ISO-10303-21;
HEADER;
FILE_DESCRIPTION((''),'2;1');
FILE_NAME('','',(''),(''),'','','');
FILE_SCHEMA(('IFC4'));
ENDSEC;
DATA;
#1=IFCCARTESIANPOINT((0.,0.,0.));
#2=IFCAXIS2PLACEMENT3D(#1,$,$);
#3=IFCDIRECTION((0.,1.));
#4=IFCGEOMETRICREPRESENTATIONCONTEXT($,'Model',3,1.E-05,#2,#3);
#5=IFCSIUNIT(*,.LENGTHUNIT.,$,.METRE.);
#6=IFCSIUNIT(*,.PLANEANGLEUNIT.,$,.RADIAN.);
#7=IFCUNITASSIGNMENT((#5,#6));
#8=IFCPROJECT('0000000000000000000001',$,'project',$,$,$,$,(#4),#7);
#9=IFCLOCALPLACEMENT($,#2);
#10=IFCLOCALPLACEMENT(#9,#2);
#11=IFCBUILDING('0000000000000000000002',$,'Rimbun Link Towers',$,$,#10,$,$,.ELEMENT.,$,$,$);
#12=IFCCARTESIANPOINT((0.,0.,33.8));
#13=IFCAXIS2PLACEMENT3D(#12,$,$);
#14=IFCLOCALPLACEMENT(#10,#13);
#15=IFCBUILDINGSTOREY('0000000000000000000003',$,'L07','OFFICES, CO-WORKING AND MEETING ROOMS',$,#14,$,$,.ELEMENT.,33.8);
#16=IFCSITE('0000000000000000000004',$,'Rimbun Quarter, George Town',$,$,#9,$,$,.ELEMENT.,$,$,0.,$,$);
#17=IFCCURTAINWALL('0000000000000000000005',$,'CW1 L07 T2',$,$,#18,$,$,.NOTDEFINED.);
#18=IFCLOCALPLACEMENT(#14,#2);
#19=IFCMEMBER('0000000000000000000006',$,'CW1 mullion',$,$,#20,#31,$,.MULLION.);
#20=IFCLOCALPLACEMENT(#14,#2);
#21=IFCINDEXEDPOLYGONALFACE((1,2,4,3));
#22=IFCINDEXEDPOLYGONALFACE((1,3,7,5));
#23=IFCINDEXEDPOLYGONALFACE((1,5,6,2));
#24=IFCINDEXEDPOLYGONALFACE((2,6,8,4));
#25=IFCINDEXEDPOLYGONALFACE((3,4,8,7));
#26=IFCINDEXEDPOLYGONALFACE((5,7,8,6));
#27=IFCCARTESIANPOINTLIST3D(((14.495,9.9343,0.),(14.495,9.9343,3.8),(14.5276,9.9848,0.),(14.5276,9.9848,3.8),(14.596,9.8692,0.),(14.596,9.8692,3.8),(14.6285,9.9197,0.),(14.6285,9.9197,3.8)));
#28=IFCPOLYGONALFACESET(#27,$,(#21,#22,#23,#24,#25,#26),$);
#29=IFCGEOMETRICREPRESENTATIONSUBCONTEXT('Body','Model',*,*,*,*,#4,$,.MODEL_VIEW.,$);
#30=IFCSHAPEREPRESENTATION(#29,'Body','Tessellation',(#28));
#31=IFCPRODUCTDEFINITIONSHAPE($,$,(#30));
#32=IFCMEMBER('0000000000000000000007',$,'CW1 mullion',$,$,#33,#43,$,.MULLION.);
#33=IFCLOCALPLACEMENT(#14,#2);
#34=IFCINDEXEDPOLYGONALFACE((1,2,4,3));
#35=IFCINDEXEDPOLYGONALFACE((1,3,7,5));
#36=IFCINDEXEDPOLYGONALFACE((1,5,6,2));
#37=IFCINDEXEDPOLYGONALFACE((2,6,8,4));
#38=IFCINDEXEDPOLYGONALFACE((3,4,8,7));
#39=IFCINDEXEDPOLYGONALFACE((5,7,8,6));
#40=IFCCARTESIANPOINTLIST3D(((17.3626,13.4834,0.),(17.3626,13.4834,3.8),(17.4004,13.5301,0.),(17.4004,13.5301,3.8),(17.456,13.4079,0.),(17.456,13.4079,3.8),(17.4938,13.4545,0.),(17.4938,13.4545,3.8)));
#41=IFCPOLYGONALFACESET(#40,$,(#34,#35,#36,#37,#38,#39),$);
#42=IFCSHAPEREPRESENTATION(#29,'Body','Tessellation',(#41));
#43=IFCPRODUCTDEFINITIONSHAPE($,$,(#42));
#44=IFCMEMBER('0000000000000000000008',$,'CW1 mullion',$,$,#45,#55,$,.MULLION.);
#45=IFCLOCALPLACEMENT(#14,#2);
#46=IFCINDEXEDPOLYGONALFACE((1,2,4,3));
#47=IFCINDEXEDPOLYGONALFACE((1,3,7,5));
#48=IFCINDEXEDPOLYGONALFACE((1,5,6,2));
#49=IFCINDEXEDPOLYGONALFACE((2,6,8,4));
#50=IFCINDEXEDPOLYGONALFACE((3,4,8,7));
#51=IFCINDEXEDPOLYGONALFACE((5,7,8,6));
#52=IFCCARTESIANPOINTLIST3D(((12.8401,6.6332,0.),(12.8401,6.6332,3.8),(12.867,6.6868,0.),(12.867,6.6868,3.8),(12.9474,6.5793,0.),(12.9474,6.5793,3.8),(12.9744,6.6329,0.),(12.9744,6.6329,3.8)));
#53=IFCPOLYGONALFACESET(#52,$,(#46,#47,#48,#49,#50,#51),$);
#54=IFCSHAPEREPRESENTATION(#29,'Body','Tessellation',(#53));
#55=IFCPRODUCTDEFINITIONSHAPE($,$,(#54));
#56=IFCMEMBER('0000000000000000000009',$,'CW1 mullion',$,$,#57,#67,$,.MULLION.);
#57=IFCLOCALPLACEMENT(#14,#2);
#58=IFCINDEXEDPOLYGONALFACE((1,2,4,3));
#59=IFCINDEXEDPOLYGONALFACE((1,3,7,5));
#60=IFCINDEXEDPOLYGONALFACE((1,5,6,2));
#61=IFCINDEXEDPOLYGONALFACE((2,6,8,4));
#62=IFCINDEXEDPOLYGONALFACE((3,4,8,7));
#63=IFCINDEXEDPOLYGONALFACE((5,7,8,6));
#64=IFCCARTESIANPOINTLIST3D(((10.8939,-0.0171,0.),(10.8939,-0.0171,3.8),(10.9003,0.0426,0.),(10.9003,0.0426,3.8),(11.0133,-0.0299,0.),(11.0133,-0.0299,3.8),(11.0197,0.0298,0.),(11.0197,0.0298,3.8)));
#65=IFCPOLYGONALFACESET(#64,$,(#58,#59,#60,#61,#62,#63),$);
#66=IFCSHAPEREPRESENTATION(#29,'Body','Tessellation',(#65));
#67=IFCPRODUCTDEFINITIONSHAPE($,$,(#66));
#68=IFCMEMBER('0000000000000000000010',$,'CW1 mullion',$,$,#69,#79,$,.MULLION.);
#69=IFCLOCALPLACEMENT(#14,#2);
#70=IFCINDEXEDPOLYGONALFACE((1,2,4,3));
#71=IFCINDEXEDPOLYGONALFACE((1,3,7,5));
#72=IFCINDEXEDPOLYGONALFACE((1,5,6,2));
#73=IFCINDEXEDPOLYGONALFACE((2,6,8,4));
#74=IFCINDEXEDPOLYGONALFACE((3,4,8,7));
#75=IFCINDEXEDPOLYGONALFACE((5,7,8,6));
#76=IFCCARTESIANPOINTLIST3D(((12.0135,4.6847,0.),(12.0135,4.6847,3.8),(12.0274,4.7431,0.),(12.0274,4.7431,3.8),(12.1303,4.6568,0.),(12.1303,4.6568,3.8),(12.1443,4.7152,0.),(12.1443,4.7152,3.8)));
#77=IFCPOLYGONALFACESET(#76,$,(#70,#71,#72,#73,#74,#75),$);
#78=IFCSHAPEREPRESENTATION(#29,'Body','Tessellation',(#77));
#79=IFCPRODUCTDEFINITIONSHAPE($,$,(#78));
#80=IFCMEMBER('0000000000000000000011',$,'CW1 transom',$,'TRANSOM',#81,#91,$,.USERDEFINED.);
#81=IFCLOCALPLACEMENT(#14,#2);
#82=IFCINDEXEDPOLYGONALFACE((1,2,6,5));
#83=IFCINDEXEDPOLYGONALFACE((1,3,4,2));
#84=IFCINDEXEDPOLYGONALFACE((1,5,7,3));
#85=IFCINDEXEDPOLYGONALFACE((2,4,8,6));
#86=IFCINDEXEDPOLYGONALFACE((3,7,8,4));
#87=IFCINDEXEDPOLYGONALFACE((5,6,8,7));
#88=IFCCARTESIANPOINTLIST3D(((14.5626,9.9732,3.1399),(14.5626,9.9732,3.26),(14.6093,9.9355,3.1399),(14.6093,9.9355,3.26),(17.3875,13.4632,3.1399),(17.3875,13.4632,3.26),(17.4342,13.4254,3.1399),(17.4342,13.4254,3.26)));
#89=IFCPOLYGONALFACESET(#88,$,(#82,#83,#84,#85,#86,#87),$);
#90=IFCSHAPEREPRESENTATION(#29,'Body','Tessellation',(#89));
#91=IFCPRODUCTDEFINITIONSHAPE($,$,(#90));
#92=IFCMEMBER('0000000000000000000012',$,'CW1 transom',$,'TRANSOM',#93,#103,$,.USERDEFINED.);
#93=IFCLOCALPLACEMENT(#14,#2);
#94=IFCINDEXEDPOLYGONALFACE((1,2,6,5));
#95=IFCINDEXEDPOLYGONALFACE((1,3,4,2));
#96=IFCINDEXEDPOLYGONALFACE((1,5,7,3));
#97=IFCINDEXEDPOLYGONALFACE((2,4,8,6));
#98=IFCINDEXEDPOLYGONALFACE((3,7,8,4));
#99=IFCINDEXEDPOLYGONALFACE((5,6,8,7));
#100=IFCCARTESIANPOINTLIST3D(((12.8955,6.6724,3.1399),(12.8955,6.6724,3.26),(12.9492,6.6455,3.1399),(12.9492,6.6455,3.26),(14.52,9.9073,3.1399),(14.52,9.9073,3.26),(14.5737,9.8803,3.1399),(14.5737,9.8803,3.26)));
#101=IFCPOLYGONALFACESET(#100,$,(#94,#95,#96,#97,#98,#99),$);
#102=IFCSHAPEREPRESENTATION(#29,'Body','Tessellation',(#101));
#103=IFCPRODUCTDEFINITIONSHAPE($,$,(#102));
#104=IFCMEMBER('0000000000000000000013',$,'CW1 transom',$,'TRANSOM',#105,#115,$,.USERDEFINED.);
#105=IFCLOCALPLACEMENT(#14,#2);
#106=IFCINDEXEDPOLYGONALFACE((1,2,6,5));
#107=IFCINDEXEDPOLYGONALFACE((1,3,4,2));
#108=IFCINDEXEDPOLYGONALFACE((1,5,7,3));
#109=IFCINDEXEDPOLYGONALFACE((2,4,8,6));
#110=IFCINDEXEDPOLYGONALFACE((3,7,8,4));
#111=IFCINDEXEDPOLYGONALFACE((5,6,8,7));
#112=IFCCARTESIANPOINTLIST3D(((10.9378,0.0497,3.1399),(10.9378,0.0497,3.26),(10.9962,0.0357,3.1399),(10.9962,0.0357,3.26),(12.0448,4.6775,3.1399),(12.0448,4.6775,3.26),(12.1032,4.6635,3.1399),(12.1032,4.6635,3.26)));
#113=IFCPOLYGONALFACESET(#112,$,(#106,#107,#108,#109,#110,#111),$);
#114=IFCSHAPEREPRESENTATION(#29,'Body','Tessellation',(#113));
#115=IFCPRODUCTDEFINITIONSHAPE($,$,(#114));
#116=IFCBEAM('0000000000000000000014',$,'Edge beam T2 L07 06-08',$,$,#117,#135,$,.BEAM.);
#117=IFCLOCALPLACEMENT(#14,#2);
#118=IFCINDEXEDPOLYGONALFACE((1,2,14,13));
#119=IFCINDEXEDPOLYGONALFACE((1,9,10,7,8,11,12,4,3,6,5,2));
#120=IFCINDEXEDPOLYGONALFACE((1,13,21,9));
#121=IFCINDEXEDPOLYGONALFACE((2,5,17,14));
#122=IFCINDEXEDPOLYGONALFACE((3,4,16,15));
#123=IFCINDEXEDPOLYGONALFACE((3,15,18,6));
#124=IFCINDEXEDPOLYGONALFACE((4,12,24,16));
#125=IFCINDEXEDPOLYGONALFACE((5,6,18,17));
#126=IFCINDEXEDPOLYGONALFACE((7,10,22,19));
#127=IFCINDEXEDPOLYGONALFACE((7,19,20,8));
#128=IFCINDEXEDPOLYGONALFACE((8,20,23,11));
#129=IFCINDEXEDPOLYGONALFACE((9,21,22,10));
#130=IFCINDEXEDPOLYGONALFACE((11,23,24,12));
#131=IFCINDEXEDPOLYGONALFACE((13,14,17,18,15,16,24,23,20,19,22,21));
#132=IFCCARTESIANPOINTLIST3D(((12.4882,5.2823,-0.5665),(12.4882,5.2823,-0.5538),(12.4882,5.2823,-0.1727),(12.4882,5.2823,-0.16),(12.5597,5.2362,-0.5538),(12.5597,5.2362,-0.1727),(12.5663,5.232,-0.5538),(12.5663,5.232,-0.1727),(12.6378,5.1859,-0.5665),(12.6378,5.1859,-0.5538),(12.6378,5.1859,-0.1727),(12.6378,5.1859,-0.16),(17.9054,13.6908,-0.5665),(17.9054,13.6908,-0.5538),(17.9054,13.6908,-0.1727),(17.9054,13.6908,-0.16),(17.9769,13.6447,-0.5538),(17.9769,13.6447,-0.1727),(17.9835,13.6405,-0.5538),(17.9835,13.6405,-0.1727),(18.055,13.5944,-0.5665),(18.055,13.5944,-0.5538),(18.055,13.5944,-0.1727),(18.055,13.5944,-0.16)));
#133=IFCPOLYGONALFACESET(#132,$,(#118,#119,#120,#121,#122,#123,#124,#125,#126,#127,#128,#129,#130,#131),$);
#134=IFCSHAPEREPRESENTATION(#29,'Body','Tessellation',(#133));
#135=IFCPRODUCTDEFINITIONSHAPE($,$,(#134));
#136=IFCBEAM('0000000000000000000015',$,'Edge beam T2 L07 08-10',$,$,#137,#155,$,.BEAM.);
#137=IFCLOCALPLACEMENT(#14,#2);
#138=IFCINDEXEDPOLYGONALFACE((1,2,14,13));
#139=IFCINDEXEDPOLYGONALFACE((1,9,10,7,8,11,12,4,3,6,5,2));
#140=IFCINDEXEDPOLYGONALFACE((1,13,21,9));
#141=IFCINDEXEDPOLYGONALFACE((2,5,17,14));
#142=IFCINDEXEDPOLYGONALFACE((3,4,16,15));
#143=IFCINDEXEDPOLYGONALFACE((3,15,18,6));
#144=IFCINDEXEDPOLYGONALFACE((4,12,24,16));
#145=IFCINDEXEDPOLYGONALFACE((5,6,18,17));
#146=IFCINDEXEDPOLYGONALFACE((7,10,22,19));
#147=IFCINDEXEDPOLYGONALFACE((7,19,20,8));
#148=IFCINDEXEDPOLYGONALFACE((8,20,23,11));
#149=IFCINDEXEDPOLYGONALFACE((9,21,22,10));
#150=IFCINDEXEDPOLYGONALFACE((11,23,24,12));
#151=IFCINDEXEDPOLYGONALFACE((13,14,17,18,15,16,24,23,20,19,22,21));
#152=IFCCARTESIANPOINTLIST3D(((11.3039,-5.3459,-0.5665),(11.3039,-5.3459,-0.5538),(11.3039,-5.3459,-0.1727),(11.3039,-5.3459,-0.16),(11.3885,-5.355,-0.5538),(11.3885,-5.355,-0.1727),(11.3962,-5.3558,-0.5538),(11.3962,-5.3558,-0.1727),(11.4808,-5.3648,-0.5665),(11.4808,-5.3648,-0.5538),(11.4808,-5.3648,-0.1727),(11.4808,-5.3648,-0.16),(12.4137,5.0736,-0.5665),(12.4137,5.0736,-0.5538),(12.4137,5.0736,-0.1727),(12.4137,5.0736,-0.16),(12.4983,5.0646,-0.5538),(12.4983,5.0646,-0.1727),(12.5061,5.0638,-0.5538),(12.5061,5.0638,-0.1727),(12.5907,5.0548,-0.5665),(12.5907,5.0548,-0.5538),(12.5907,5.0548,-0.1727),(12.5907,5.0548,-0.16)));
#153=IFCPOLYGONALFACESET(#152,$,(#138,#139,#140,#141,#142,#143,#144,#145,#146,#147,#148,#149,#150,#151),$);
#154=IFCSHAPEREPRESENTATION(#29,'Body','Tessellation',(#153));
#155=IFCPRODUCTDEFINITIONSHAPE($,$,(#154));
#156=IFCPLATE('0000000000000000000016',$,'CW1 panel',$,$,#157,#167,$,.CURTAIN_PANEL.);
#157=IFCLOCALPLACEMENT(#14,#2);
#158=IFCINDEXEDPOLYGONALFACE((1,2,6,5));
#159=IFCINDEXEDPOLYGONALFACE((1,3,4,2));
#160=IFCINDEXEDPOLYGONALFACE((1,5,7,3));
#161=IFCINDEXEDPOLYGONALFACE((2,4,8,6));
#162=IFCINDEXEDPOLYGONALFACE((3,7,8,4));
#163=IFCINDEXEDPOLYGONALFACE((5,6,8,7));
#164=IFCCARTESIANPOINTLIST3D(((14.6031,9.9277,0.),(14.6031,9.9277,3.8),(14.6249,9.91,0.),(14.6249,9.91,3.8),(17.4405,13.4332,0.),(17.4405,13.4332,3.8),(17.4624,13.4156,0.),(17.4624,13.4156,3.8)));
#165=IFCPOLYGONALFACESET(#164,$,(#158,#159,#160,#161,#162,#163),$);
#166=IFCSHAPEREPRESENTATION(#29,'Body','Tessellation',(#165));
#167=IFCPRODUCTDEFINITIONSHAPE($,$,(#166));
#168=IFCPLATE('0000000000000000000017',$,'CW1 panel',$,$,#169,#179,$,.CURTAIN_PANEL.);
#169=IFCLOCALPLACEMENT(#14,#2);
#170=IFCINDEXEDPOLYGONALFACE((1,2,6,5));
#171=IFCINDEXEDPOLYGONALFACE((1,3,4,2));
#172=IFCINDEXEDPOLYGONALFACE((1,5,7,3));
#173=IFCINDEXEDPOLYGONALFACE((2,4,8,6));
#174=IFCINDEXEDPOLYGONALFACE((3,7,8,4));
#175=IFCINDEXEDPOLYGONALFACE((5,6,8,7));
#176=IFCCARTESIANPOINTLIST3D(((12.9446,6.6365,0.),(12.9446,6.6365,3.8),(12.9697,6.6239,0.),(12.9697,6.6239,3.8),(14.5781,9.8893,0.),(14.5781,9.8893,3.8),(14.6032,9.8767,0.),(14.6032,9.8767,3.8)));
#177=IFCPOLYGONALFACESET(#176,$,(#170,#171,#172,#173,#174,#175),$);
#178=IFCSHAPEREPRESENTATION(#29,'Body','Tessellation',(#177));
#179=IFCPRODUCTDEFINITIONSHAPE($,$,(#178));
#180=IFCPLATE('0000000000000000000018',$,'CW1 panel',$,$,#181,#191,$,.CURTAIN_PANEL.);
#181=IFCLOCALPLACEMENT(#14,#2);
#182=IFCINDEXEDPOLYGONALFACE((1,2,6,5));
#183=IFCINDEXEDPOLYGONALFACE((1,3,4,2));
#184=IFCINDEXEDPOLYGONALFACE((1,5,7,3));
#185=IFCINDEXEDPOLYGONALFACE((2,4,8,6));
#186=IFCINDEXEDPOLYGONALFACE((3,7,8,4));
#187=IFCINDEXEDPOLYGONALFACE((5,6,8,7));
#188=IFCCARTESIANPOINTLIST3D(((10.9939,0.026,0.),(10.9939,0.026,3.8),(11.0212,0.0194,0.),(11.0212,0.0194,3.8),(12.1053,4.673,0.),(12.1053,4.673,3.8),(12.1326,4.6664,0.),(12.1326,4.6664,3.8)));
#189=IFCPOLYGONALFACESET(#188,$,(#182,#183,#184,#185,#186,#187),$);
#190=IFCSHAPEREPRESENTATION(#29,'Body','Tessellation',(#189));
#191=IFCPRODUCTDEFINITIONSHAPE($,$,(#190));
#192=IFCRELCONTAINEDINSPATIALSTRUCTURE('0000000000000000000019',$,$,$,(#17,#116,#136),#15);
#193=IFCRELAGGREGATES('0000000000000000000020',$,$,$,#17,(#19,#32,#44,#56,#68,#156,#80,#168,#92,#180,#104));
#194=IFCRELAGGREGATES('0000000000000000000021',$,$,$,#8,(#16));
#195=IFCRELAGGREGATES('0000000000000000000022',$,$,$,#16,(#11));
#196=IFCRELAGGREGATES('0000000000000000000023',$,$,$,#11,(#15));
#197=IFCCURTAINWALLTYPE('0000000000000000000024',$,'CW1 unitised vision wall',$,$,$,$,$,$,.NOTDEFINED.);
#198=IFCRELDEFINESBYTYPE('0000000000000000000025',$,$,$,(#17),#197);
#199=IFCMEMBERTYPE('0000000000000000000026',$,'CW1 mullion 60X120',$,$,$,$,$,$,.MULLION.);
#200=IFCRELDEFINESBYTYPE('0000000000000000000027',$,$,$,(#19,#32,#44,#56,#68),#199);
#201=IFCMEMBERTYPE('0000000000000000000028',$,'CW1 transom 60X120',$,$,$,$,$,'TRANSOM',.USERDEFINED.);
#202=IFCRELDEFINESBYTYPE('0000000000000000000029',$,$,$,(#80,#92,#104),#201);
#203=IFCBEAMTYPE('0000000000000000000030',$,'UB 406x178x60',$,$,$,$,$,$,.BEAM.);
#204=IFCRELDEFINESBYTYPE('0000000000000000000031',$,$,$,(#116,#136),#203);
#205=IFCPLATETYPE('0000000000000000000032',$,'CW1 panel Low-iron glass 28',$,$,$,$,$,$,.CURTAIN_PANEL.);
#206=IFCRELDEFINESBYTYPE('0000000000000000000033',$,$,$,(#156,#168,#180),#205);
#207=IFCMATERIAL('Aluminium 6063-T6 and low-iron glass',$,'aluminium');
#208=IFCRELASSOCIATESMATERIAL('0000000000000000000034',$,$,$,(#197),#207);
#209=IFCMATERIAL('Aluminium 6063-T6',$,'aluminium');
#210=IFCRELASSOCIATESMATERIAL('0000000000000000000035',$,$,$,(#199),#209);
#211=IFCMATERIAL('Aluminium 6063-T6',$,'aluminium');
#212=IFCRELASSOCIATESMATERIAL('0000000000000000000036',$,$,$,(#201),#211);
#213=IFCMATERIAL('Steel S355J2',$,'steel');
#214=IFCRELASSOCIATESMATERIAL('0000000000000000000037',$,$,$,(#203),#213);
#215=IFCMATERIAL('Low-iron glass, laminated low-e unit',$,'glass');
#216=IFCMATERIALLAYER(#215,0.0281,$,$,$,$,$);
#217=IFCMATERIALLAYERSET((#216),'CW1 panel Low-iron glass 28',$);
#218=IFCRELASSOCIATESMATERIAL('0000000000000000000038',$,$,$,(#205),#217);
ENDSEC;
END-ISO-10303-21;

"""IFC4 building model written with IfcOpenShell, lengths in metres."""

from ifc_helpers import new_model, si_unit, direction, frame, origin, origin_2d, place, context, subcontext, project, spatial, rectangle, i_section, extrude, material, layer, layer_set, material_profile, profile_set, type_object, element, aggregate, save


model = new_model("IFC4")

# Units and contexts
model_context = context("Model", 3, precision=1e-05, world=origin(), true_north=direction((0.0, 1.0)))
body_context = subcontext(model_context, "Body", "Model", "MODEL_VIEW")
ifc_project = project(units=[si_unit("LENGTHUNIT", "METRE"), si_unit("PLANEANGLEUNIT", "RADIAN")], contexts=[model_context])

# Site, building, storey
site_placement = place(None, origin())
site = spatial("IfcSite", under=ifc_project, at=site_placement, Name="Rimbun Quarter, George Town", CompositionType="ELEMENT", RefElevation=0.0)
building_placement = place(site_placement, origin())
building = spatial("IfcBuilding", under=site, at=building_placement, Name="Rimbun Link Towers", CompositionType="ELEMENT")
storey_placement = place(building_placement, frame((0.0, 0.0, 33.8)))
storey = spatial("IfcBuildingStorey", under=building, at=storey_placement, Name="L07", Description="OFFICES, CO-WORKING AND MEETING ROOMS", CompositionType="ELEMENT", Elevation=33.8)

# Curtain wall, members
ifc_material_1 = material(Name="Aluminium 6063-T6 and low-iron glass", Category="aluminium")
curtain_wall_type = type_object("IfcCurtainWallType", Name="CW1 unitised vision wall", PredefinedType="NOTDEFINED", material=ifc_material_1)
curtain_wall_placement = place(storey_placement, origin())
curtain_wall = element("IfcCurtainWall", 1, at=curtain_wall_placement, inside=storey, type_object=curtain_wall_type, Name="CW1 L07 T2", PredefinedType="NOTDEFINED")
ifc_material_2 = material(Name="Aluminium 6063-T6", Category="aluminium")
ifc_material_profile_1 = material_profile(ifc_material_2, rectangle(XDim=0.1201, YDim=0.0601, at=origin_2d()), Name="MULLION 60X120")
ifc_profile_set_1 = profile_set([ifc_material_profile_1], Name="Aluminium 6063-T6")
member_type_1 = type_object("IfcMemberType", Name="CW1 mullion 60X120", PredefinedType="MULLION", material=ifc_profile_set_1)
member_1_placement = place(storey_placement, frame((14.5618, 9.927, 0.0), z_axis=(0.0, 0.0, 1.0), x_axis=(-0.840318, 0.542093, 0.0)))
member_1 = element("IfcMember", 2, at=member_1_placement, type_object=member_type_1, Name="CW1 mullion", PredefinedType="MULLION", context=body_context, shape_type="SweptSolid", body=[
    extrude(rectangle(XDim=0.1201, YDim=0.0601, at=origin_2d()), origin(), (0.0, 0.0, 1.0), 3.8),
])
member_2_placement = place(storey_placement, frame((17.4282, 13.469, 0.0), z_axis=(0.0, 0.0, 1.0), x_axis=(-0.777283, 0.629151, 0.0)))
member_2 = element("IfcMember", 3, at=member_2_placement, type_object=member_type_1, Name="CW1 mullion", PredefinedType="MULLION", context=body_context, shape_type="SweptSolid", body=[
    extrude(rectangle(XDim=0.1201, YDim=0.0601, at=origin_2d()), origin(), (0.0, 0.0, 1.0), 3.8),
])
member_3_placement = place(storey_placement, frame((12.9072, 6.6331, 0.0), z_axis=(0.0, 0.0, 1.0), x_axis=(-0.893646, 0.448773, 0.0)))
member_3 = element("IfcMember", 4, at=member_3_placement, type_object=member_type_1, Name="CW1 mullion", PredefinedType="MULLION", context=body_context, shape_type="SweptSolid", body=[
    extrude(rectangle(XDim=0.1201, YDim=0.0601, at=origin_2d()), origin(), (0.0, 0.0, 1.0), 3.8),
])
member_4_placement = place(storey_placement, frame((10.9568, 0.0063, 0.0), z_axis=(0.0, 0.0, 1.0), x_axis=(-0.994297, 0.106645, 0.0)))
member_4 = element("IfcMember", 5, at=member_4_placement, type_object=member_type_1, Name="CW1 mullion", PredefinedType="MULLION", context=body_context, shape_type="SweptSolid", body=[
    extrude(rectangle(XDim=0.1201, YDim=0.0601, at=origin_2d()), origin(), (0.0, 0.0, 1.0), 3.8),
])
member_5_placement = place(storey_placement, frame((12.0789, 4.7, 0.0), z_axis=(0.0, 0.0, 1.0), x_axis=(-0.972569, 0.232613, 0.0)))
member_5 = element("IfcMember", 6, at=member_5_placement, type_object=member_type_1, Name="CW1 mullion", PredefinedType="MULLION", context=body_context, shape_type="SweptSolid", body=[
    extrude(rectangle(XDim=0.1201, YDim=0.0601, at=origin_2d()), origin(), (0.0, 0.0, 1.0), 3.8),
])
ifc_material_3 = material(Name="Aluminium 6063-T6", Category="aluminium")
ifc_material_profile_2 = material_profile(ifc_material_3, rectangle(XDim=0.0601, YDim=0.1201, at=origin_2d()), Name="TRANSOM 60X120")
ifc_profile_set_2 = profile_set([ifc_material_profile_2], Name="Aluminium 6063-T6")
member_type_2 = type_object("IfcMemberType", Name="CW1 transom 60X120", ElementType="TRANSOM", PredefinedType="USERDEFINED", material=ifc_profile_set_2)
member_6_placement = place(storey_placement, frame((14.5859, 9.9543, 3.2), z_axis=(0.629161, 0.777275, 0.0), x_axis=(-0.777275, 0.629161, 0.0)))
member_6 = element("IfcMember", 7, at=member_6_placement, type_object=member_type_2, Name="CW1 transom", ObjectType="TRANSOM", PredefinedType="USERDEFINED", context=body_context, shape_type="SweptSolid", body=[
    extrude(rectangle(XDim=0.0601, YDim=0.1201, at=origin_2d()), origin(), (0.0, 0.0, 1.0), 4.49),
])
member_7_placement = place(storey_placement, frame((12.9224, 6.6589, 3.2), z_axis=(0.448778, 0.893643, 0.0), x_axis=(-0.893643, 0.448778, 0.0)))
member_7 = element("IfcMember", 8, at=member_7_placement, type_object=member_type_2, Name="CW1 transom", ObjectType="TRANSOM", PredefinedType="USERDEFINED", context=body_context, shape_type="SweptSolid", body=[
    extrude(rectangle(XDim=0.0601, YDim=0.1201, at=origin_2d()), origin(), (0.0, 0.0, 1.0), 3.6199),
])
member_8_placement = place(storey_placement, frame((10.967, 0.0427, 3.2), z_axis=(0.232635, 0.972564, 0.0), x_axis=(-0.972564, 0.232635, 0.0)))
member_8 = element("IfcMember", 9, at=member_8_placement, type_object=member_type_2, Name="CW1 transom", ObjectType="TRANSOM", PredefinedType="USERDEFINED", context=body_context, shape_type="SweptSolid", body=[
    extrude(rectangle(XDim=0.0601, YDim=0.1201, at=origin_2d()), origin(), (0.0, 0.0, 1.0), 4.7583),
])

# Beams
ifc_material_4 = material(Name="Steel S355J2", Category="steel")
ifc_material_profile_3 = material_profile(ifc_material_4, i_section(OverallWidth=0.178, OverallDepth=0.4065, WebThickness=0.0078, FlangeThickness=0.0127, at=origin_2d()), Name="UB 406x178x60")
ifc_profile_set_3 = profile_set([ifc_material_profile_3], Name="Steel S355J2")
beam_type = type_object("IfcBeamType", Name="UB 406x178x60", PredefinedType="BEAM", material=ifc_profile_set_3)
beam_1_placement = place(storey_placement, frame((17.9802, 13.6426, -0.3633), z_axis=(-0.541592, -0.840641, 0.0), x_axis=(0.840641, -0.541592, 0.0)))
element("IfcBeam", 10, at=beam_1_placement, inside=storey, type_object=beam_type, Name="Edge beam T2 L07 06-08", PredefinedType="BEAM", context=body_context, shape_type="SweptSolid", body=[
    extrude(i_section(OverallWidth=0.178, OverallDepth=0.4065, WebThickness=0.0078, FlangeThickness=0.0127, at=origin_2d()), origin(), (0.0, 0.0, 1.0), 10.0024),
])
beam_2_placement = place(storey_placement, frame((12.5022, 5.0642, -0.3633), z_axis=(-0.105917, -0.994375, 0.0), x_axis=(0.994375, -0.105917, 0.0)))
element("IfcBeam", 11, at=beam_2_placement, inside=storey, type_object=beam_type, Name="Edge beam T2 L07 08-10", PredefinedType="BEAM", context=body_context, shape_type="SweptSolid", body=[
    extrude(i_section(OverallWidth=0.178, OverallDepth=0.4065, WebThickness=0.0078, FlangeThickness=0.0127, at=origin_2d()), origin(), (0.0, 0.0, 1.0), 10.4785),
])

# Plates
ifc_material_5 = material(Name="Low-iron glass, laminated low-e unit", Category="glass")
ifc_layer_1 = layer(ifc_material_5, 0.0281)
ifc_layer_set_1 = layer_set([ifc_layer_1], Name="CW1 panel Low-iron glass 28")
plate_type = type_object("IfcPlateType", Name="CW1 panel Low-iron glass 28", PredefinedType="CURTAIN_PANEL", material=ifc_layer_set_1)
plate_1_placement = place(storey_placement, frame((16.0327, 11.6716, 0.0), z_axis=(0.0, 0.0, 1.0), x_axis=(0.629151, 0.777283, 0.0)))
plate_1 = element("IfcPlate", 12, at=plate_1_placement, type_object=plate_type, Name="CW1 panel", PredefinedType="CURTAIN_PANEL", context=body_context, shape_type="SweptSolid", body=[
    extrude(rectangle(XDim=4.51, YDim=0.0281, at=origin_2d()), origin(), (0.0, 0.0, 1.0), 3.8),
])
plate_2_placement = place(storey_placement, frame((13.7739, 8.2566, 0.0), z_axis=(0.0, 0.0, 1.0), x_axis=(0.448773, 0.893646, 0.0)))
plate_2 = element("IfcPlate", 13, at=plate_2_placement, type_object=plate_type, Name="CW1 panel", PredefinedType="CURTAIN_PANEL", context=body_context, shape_type="SweptSolid", body=[
    extrude(rectangle(XDim=3.6399, YDim=0.0281, at=origin_2d()), origin(), (0.0, 0.0, 1.0), 3.8),
])
plate_3_placement = place(storey_placement, frame((11.5632, 2.3462, 0.0), z_axis=(0.0, 0.0, 1.0), x_axis=(0.232613, 0.972569, 0.0)))
plate_3 = element("IfcPlate", 14, at=plate_3_placement, type_object=plate_type, Name="CW1 panel", PredefinedType="CURTAIN_PANEL", context=body_context, shape_type="SweptSolid", body=[
    extrude(rectangle(XDim=4.7781, YDim=0.0281, at=origin_2d()), origin(), (0.0, 0.0, 1.0), 3.8),
])
aggregate(curtain_wall, [member_1, member_2, member_3, member_4, member_5, plate_1, member_6, plate_2, member_7, plate_3, member_8])

save(model, "model.ifc")
